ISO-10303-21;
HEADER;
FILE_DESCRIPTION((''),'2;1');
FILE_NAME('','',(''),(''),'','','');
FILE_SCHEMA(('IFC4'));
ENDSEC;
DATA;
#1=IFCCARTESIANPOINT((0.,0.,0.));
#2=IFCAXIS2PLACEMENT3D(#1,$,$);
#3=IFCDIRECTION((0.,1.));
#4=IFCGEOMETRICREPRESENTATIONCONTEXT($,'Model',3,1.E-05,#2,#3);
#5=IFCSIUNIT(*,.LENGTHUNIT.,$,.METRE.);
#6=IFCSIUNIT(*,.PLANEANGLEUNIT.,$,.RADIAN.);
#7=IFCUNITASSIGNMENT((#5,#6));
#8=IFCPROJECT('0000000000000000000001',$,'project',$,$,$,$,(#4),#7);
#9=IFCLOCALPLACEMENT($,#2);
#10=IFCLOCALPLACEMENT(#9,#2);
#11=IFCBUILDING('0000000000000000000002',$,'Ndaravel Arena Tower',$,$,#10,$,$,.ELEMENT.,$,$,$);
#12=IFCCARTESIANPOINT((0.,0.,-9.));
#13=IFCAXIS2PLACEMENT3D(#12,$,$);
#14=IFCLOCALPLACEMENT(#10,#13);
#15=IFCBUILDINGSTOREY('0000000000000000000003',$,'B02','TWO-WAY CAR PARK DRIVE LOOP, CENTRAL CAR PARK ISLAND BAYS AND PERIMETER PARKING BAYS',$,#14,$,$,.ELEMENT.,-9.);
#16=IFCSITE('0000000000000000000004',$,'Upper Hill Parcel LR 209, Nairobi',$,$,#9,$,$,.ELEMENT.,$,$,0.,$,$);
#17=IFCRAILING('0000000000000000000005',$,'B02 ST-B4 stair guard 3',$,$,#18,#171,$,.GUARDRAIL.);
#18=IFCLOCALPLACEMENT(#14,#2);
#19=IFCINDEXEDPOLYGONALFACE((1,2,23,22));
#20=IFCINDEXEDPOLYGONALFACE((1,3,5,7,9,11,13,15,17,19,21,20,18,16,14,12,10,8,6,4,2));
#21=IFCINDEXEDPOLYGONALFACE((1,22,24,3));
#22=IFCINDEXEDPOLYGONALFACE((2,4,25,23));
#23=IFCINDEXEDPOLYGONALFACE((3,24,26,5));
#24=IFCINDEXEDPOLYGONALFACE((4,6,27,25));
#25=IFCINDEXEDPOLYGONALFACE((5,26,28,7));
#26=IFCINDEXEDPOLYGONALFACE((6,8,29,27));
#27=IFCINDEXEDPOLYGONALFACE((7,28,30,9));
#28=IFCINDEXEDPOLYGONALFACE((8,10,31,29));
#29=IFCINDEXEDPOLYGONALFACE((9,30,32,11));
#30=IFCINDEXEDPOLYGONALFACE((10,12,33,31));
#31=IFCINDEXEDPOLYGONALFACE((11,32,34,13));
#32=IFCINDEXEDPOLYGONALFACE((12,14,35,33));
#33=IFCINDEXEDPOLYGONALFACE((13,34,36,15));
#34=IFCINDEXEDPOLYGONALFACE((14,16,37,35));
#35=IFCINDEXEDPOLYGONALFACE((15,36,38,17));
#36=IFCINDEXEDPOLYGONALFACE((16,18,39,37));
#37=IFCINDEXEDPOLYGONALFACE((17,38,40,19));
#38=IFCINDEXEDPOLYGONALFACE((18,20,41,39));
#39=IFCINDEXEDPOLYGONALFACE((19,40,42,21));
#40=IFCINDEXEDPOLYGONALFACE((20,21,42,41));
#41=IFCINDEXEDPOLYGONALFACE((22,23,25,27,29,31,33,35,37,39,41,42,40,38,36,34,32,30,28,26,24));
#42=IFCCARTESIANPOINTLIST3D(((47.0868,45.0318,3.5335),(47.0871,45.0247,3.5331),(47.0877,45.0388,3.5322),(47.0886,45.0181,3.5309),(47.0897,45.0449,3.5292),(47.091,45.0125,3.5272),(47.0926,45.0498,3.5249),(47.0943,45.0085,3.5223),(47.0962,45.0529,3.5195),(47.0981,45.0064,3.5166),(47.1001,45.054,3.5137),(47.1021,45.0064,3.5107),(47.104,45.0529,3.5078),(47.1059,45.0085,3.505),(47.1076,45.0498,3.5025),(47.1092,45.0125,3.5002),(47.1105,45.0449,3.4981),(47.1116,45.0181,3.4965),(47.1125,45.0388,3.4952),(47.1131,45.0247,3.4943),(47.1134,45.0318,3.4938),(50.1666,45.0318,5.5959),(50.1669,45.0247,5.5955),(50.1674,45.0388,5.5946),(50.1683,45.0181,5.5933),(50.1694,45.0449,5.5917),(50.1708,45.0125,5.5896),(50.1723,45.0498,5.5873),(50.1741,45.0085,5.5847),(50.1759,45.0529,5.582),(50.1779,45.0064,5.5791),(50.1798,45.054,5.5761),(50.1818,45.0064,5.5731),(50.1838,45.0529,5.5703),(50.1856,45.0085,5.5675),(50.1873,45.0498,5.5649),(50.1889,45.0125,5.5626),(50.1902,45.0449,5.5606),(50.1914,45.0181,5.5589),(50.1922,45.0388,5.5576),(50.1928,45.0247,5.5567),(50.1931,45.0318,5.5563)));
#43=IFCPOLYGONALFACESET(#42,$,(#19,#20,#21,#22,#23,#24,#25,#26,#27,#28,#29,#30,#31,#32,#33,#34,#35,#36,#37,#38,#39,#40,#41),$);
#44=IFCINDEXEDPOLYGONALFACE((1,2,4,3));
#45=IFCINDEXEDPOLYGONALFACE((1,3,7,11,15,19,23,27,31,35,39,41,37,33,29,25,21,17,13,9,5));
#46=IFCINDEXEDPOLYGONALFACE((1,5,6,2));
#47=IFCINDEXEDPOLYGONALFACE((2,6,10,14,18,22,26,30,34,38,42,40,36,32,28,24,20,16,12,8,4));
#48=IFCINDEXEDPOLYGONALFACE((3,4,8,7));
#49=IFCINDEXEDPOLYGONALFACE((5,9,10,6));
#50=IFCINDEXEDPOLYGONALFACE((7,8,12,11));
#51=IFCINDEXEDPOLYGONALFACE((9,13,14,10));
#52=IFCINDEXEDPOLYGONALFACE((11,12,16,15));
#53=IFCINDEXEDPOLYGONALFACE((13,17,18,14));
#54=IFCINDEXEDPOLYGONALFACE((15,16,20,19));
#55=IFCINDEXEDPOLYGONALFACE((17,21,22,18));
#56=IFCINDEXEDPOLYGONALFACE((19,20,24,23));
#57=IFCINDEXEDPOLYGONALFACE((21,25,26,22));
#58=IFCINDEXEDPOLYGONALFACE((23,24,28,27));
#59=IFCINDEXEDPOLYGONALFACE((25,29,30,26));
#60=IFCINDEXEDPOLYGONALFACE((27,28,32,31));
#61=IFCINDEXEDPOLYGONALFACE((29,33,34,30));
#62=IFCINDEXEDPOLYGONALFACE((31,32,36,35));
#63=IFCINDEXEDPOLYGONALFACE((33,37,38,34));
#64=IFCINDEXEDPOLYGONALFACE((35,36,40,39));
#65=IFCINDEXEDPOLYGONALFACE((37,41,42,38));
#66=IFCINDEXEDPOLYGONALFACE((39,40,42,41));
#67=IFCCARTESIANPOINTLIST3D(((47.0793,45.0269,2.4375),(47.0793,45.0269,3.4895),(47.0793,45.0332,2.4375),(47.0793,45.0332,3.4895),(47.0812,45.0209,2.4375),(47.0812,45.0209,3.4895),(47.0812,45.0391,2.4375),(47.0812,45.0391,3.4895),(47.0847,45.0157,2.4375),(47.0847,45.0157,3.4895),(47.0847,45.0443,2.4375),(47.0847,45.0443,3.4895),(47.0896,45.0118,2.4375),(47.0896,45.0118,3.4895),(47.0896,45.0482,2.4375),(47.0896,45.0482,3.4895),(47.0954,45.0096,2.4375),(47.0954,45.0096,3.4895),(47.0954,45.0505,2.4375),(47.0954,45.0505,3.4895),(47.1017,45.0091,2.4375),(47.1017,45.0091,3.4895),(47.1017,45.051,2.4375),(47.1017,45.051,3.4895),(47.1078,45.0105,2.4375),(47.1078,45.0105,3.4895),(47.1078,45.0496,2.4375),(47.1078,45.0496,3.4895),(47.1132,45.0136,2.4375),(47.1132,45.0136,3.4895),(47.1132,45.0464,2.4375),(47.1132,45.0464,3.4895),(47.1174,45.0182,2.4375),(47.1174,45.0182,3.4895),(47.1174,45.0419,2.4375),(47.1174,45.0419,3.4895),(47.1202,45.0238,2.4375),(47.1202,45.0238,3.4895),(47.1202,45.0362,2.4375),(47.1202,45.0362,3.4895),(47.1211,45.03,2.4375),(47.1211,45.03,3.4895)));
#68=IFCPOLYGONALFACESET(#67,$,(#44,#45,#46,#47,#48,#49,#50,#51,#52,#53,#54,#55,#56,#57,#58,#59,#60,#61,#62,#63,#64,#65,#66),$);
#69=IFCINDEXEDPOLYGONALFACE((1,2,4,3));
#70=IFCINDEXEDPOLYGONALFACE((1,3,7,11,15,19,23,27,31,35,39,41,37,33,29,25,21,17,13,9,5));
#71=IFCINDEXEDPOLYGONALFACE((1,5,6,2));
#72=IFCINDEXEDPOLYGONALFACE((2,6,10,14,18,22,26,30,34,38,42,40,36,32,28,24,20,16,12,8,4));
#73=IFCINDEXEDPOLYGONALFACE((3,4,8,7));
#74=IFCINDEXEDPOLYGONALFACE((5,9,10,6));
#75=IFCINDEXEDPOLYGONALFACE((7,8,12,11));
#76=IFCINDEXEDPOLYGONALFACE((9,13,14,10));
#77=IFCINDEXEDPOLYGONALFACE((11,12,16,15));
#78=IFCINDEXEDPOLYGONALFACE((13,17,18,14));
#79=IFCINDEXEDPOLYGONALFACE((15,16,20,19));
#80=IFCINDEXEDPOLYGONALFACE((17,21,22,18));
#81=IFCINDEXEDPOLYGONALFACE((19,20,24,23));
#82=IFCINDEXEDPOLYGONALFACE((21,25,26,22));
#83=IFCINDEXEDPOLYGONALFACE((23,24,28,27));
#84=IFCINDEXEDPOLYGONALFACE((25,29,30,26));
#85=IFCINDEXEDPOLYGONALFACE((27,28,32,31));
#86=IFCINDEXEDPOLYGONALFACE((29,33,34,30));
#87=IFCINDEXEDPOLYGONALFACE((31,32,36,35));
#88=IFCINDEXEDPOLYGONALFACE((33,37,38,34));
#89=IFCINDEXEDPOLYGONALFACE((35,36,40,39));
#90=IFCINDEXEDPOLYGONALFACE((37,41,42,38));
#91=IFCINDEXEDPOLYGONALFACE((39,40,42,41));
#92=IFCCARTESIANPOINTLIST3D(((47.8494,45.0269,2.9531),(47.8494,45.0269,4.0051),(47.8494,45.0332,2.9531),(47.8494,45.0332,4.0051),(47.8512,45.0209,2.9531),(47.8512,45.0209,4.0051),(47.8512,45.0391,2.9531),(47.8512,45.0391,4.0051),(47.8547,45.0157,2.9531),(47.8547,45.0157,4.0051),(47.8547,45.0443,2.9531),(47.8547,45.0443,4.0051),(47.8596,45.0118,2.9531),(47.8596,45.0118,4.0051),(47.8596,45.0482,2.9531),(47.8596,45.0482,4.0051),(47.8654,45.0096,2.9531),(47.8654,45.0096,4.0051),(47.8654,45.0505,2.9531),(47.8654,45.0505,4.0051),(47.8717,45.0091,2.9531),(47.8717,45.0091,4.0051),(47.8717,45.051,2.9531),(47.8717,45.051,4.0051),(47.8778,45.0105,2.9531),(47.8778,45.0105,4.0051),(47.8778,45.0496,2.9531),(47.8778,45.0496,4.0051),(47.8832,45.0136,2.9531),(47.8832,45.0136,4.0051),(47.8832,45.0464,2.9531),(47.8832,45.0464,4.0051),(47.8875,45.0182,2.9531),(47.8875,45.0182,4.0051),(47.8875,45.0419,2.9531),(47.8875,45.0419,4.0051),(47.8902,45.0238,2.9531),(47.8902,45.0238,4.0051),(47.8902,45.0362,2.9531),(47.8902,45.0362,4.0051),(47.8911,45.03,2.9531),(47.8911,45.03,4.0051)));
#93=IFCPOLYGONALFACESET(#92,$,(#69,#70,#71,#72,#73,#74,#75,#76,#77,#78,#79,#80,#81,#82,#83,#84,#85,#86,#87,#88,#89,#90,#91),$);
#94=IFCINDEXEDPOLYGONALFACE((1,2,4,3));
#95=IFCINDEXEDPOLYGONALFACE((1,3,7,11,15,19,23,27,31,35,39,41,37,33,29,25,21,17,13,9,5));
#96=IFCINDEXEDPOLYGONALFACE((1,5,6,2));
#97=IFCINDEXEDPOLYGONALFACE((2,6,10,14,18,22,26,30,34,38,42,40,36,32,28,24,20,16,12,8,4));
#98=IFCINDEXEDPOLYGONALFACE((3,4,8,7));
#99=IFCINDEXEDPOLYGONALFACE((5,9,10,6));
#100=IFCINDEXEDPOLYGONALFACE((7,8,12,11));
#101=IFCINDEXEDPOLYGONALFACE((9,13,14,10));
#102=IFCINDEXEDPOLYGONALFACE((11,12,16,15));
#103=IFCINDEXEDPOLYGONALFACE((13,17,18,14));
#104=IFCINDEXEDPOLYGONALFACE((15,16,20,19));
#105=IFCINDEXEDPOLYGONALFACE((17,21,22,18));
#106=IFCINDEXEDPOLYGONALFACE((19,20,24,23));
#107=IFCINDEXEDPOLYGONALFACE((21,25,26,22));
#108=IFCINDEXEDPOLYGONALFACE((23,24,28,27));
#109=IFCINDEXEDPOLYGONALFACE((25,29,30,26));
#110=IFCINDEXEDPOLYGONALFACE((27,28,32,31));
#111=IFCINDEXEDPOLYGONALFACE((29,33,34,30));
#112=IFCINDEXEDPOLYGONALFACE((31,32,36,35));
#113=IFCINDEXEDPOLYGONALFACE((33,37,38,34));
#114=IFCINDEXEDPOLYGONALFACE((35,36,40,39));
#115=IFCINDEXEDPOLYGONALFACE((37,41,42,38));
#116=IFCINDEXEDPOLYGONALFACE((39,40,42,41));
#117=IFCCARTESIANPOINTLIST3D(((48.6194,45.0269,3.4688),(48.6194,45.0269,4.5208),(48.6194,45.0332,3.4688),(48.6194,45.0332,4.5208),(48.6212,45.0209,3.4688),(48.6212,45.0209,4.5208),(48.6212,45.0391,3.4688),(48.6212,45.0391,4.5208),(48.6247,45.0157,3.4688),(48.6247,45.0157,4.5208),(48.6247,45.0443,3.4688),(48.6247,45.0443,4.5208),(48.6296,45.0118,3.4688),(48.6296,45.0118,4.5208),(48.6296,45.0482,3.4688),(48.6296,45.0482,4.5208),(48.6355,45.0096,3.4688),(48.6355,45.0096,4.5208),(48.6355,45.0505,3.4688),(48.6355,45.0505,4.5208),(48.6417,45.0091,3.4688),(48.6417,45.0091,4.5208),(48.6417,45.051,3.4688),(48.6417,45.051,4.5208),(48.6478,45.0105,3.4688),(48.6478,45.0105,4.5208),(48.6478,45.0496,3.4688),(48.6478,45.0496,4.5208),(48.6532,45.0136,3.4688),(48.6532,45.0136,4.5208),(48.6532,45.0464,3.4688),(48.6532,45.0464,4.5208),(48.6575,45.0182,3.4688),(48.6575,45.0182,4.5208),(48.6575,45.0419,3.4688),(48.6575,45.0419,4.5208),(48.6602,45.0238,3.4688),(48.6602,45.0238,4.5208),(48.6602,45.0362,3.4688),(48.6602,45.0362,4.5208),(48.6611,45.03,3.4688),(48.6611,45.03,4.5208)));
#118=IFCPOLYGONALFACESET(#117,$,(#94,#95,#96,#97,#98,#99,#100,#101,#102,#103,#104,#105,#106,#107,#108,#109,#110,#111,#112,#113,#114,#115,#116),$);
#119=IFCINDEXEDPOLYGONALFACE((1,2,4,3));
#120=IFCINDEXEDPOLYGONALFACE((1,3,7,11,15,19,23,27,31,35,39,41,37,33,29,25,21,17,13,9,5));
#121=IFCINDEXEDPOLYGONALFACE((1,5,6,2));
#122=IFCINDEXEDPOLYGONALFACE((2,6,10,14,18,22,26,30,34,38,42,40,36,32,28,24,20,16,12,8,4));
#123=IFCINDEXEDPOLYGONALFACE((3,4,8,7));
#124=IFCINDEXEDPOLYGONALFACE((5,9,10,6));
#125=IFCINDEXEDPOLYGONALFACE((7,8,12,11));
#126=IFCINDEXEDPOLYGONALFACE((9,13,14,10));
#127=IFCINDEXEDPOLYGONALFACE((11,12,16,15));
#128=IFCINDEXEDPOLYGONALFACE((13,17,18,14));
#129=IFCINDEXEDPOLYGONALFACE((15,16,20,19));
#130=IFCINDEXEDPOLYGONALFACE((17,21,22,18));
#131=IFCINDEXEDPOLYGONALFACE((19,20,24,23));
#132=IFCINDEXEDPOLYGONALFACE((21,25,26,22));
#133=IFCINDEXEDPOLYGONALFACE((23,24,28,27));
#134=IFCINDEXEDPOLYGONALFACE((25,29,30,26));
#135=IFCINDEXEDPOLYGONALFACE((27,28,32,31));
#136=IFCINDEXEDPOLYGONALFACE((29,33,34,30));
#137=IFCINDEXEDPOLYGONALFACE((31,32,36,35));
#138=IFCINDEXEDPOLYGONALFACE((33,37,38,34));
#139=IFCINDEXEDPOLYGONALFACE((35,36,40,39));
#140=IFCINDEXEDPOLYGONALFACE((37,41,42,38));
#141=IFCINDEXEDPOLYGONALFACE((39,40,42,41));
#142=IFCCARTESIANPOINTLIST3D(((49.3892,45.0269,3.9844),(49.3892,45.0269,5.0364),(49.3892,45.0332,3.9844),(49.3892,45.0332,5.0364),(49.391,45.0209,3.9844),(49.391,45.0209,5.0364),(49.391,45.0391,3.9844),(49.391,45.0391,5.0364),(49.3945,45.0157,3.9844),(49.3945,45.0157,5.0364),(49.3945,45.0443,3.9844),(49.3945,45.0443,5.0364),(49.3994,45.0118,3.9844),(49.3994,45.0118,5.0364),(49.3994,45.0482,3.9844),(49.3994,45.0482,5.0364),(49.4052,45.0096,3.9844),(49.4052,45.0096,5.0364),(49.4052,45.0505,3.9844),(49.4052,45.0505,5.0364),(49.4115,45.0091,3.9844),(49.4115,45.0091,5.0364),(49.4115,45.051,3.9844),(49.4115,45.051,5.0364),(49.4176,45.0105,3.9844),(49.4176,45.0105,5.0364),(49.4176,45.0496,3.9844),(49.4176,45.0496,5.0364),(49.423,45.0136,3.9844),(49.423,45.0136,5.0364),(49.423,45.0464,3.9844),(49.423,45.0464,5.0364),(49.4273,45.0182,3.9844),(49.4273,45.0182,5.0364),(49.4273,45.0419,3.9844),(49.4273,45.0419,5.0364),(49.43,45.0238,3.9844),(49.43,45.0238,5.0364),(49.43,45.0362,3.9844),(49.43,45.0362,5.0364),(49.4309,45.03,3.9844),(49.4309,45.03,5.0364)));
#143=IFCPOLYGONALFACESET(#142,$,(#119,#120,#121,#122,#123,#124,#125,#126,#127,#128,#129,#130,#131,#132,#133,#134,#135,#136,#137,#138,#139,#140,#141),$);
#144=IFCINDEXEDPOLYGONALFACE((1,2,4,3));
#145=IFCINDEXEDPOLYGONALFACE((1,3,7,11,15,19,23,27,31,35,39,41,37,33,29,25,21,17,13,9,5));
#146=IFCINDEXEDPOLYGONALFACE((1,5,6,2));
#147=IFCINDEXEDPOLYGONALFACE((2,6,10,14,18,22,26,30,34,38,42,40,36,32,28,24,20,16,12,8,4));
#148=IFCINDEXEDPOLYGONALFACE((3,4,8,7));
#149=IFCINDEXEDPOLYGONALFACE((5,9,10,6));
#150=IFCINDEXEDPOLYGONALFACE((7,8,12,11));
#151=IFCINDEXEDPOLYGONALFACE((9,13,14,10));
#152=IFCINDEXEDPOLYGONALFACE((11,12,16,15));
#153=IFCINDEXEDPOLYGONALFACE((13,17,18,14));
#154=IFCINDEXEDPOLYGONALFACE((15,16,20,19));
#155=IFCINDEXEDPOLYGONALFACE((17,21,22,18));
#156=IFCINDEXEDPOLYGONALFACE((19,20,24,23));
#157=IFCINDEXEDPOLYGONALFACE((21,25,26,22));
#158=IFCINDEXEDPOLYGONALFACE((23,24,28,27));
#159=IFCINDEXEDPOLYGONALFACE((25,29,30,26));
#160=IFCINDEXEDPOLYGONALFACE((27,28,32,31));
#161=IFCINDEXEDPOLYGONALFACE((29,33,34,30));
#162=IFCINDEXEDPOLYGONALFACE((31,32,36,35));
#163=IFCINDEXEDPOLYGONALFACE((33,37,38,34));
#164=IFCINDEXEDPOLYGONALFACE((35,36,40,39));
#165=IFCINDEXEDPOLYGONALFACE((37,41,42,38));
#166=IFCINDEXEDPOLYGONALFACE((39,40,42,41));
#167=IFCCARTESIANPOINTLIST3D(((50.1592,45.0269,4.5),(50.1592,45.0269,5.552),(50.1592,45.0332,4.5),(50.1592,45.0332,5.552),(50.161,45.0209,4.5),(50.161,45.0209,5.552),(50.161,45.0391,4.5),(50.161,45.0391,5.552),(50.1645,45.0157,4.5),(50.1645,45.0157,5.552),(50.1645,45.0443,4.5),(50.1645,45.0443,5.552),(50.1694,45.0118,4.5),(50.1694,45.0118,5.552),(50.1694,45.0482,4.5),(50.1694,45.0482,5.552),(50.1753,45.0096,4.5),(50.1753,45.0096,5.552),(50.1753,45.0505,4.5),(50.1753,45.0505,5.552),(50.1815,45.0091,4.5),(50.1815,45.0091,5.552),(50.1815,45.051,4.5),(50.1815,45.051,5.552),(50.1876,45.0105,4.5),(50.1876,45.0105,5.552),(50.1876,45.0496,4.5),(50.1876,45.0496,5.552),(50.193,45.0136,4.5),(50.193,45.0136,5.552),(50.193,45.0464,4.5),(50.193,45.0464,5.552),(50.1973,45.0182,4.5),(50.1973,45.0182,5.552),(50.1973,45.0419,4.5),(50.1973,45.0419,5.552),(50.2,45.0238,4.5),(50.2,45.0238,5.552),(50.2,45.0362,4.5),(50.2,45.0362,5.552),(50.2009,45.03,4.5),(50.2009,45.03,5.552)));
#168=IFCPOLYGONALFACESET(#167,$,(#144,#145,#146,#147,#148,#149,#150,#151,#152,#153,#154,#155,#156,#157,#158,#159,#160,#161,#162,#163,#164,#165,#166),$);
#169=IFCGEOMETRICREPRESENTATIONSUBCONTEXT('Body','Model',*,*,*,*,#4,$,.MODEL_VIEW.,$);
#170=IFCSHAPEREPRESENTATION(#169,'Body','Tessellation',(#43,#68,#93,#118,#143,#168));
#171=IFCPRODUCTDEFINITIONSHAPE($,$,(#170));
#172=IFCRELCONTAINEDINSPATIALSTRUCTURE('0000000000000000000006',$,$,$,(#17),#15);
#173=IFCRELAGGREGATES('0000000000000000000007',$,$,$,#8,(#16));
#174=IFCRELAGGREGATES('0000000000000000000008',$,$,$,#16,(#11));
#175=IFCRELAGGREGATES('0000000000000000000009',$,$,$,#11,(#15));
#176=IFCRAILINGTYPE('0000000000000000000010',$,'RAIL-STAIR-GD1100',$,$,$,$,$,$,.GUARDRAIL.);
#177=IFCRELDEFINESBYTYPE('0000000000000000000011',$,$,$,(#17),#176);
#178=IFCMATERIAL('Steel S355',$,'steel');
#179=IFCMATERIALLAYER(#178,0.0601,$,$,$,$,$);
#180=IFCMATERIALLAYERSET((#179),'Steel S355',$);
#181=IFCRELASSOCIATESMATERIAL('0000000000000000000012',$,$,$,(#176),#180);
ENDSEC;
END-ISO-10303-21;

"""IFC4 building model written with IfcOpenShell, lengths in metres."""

from ifc_helpers import new_model, si_unit, direction, frame, origin, origin_2d, place, context, subcontext, project, spatial, circle, extrude, material, layer, layer_set, type_object, element, save


model = new_model("IFC4")

# Units and contexts
model_context = context("Model", 3, precision=1e-05, world=origin(), true_north=direction((0.0, 1.0)))
body_context = subcontext(model_context, "Body", "Model", "MODEL_VIEW")
ifc_project = project(units=[si_unit("LENGTHUNIT", "METRE"), si_unit("PLANEANGLEUNIT", "RADIAN")], contexts=[model_context])

# Site, building, storey
site_placement = place(None, origin())
site = spatial("IfcSite", under=ifc_project, at=site_placement, Name="Upper Hill Parcel LR 209, Nairobi", CompositionType="ELEMENT", RefElevation=0.0)
building_placement = place(site_placement, origin())
building = spatial("IfcBuilding", under=site, at=building_placement, Name="Ndaravel Arena Tower", CompositionType="ELEMENT")
storey_placement = place(building_placement, frame((0.0, 0.0, -9.0)))
storey = spatial("IfcBuildingStorey", under=building, at=storey_placement, Name="B02", Description="TWO-WAY CAR PARK DRIVE LOOP, CENTRAL CAR PARK ISLAND BAYS AND PERIMETER PARKING BAYS", CompositionType="ELEMENT", Elevation=-9.0)

# Railing
ifc_material_1 = material(Name="Steel S355", Category="steel")
ifc_layer_1 = layer(ifc_material_1, 0.0601)
ifc_layer_set_1 = layer_set([ifc_layer_1], Name="Steel S355")
railing_type_1 = type_object("IfcRailingType", Name="RAIL-STAIR-GD1100", PredefinedType="GUARDRAIL", material=ifc_layer_set_1)
railing_1_placement = place(storey_placement, frame((47.1001, 45.03, 2.4375)))
element("IfcRailing", 1, at=railing_1_placement, inside=storey, type_object=railing_type_1, Name="B02 ST-B4 stair guard 3", PredefinedType="GUARDRAIL", context=body_context, shape_type="SweptSolid", body=[
    extrude(circle(Radius=0.0239, at=origin_2d()), frame((0.0, 0.0, 1.0762), z_axis=(0.830893, 0.0, 0.556432), x_axis=(0.0, 1.0, 0.0)), (0.0, 0.0, 1.0), 3.7065),
    extrude(circle(Radius=0.021, at=origin_2d()), origin(), (0.0, 0.0, 1.0), 1.052),
    extrude(circle(Radius=0.021, at=origin_2d()), frame((0.77, 0.0, 0.5156)), (0.0, 0.0, 1.0), 1.052),
    extrude(circle(Radius=0.021, at=origin_2d()), frame((1.54, 0.0, 1.0312)), (0.0, 0.0, 1.0), 1.052),
    extrude(circle(Radius=0.021, at=origin_2d()), frame((2.3098, 0.0, 1.5469)), (0.0, 0.0, 1.0), 1.052),
    extrude(circle(Radius=0.021, at=origin_2d()), frame((3.0798, 0.0, 2.0625)), (0.0, 0.0, 1.0), 1.052),
])

save(model, "model.ifc")
